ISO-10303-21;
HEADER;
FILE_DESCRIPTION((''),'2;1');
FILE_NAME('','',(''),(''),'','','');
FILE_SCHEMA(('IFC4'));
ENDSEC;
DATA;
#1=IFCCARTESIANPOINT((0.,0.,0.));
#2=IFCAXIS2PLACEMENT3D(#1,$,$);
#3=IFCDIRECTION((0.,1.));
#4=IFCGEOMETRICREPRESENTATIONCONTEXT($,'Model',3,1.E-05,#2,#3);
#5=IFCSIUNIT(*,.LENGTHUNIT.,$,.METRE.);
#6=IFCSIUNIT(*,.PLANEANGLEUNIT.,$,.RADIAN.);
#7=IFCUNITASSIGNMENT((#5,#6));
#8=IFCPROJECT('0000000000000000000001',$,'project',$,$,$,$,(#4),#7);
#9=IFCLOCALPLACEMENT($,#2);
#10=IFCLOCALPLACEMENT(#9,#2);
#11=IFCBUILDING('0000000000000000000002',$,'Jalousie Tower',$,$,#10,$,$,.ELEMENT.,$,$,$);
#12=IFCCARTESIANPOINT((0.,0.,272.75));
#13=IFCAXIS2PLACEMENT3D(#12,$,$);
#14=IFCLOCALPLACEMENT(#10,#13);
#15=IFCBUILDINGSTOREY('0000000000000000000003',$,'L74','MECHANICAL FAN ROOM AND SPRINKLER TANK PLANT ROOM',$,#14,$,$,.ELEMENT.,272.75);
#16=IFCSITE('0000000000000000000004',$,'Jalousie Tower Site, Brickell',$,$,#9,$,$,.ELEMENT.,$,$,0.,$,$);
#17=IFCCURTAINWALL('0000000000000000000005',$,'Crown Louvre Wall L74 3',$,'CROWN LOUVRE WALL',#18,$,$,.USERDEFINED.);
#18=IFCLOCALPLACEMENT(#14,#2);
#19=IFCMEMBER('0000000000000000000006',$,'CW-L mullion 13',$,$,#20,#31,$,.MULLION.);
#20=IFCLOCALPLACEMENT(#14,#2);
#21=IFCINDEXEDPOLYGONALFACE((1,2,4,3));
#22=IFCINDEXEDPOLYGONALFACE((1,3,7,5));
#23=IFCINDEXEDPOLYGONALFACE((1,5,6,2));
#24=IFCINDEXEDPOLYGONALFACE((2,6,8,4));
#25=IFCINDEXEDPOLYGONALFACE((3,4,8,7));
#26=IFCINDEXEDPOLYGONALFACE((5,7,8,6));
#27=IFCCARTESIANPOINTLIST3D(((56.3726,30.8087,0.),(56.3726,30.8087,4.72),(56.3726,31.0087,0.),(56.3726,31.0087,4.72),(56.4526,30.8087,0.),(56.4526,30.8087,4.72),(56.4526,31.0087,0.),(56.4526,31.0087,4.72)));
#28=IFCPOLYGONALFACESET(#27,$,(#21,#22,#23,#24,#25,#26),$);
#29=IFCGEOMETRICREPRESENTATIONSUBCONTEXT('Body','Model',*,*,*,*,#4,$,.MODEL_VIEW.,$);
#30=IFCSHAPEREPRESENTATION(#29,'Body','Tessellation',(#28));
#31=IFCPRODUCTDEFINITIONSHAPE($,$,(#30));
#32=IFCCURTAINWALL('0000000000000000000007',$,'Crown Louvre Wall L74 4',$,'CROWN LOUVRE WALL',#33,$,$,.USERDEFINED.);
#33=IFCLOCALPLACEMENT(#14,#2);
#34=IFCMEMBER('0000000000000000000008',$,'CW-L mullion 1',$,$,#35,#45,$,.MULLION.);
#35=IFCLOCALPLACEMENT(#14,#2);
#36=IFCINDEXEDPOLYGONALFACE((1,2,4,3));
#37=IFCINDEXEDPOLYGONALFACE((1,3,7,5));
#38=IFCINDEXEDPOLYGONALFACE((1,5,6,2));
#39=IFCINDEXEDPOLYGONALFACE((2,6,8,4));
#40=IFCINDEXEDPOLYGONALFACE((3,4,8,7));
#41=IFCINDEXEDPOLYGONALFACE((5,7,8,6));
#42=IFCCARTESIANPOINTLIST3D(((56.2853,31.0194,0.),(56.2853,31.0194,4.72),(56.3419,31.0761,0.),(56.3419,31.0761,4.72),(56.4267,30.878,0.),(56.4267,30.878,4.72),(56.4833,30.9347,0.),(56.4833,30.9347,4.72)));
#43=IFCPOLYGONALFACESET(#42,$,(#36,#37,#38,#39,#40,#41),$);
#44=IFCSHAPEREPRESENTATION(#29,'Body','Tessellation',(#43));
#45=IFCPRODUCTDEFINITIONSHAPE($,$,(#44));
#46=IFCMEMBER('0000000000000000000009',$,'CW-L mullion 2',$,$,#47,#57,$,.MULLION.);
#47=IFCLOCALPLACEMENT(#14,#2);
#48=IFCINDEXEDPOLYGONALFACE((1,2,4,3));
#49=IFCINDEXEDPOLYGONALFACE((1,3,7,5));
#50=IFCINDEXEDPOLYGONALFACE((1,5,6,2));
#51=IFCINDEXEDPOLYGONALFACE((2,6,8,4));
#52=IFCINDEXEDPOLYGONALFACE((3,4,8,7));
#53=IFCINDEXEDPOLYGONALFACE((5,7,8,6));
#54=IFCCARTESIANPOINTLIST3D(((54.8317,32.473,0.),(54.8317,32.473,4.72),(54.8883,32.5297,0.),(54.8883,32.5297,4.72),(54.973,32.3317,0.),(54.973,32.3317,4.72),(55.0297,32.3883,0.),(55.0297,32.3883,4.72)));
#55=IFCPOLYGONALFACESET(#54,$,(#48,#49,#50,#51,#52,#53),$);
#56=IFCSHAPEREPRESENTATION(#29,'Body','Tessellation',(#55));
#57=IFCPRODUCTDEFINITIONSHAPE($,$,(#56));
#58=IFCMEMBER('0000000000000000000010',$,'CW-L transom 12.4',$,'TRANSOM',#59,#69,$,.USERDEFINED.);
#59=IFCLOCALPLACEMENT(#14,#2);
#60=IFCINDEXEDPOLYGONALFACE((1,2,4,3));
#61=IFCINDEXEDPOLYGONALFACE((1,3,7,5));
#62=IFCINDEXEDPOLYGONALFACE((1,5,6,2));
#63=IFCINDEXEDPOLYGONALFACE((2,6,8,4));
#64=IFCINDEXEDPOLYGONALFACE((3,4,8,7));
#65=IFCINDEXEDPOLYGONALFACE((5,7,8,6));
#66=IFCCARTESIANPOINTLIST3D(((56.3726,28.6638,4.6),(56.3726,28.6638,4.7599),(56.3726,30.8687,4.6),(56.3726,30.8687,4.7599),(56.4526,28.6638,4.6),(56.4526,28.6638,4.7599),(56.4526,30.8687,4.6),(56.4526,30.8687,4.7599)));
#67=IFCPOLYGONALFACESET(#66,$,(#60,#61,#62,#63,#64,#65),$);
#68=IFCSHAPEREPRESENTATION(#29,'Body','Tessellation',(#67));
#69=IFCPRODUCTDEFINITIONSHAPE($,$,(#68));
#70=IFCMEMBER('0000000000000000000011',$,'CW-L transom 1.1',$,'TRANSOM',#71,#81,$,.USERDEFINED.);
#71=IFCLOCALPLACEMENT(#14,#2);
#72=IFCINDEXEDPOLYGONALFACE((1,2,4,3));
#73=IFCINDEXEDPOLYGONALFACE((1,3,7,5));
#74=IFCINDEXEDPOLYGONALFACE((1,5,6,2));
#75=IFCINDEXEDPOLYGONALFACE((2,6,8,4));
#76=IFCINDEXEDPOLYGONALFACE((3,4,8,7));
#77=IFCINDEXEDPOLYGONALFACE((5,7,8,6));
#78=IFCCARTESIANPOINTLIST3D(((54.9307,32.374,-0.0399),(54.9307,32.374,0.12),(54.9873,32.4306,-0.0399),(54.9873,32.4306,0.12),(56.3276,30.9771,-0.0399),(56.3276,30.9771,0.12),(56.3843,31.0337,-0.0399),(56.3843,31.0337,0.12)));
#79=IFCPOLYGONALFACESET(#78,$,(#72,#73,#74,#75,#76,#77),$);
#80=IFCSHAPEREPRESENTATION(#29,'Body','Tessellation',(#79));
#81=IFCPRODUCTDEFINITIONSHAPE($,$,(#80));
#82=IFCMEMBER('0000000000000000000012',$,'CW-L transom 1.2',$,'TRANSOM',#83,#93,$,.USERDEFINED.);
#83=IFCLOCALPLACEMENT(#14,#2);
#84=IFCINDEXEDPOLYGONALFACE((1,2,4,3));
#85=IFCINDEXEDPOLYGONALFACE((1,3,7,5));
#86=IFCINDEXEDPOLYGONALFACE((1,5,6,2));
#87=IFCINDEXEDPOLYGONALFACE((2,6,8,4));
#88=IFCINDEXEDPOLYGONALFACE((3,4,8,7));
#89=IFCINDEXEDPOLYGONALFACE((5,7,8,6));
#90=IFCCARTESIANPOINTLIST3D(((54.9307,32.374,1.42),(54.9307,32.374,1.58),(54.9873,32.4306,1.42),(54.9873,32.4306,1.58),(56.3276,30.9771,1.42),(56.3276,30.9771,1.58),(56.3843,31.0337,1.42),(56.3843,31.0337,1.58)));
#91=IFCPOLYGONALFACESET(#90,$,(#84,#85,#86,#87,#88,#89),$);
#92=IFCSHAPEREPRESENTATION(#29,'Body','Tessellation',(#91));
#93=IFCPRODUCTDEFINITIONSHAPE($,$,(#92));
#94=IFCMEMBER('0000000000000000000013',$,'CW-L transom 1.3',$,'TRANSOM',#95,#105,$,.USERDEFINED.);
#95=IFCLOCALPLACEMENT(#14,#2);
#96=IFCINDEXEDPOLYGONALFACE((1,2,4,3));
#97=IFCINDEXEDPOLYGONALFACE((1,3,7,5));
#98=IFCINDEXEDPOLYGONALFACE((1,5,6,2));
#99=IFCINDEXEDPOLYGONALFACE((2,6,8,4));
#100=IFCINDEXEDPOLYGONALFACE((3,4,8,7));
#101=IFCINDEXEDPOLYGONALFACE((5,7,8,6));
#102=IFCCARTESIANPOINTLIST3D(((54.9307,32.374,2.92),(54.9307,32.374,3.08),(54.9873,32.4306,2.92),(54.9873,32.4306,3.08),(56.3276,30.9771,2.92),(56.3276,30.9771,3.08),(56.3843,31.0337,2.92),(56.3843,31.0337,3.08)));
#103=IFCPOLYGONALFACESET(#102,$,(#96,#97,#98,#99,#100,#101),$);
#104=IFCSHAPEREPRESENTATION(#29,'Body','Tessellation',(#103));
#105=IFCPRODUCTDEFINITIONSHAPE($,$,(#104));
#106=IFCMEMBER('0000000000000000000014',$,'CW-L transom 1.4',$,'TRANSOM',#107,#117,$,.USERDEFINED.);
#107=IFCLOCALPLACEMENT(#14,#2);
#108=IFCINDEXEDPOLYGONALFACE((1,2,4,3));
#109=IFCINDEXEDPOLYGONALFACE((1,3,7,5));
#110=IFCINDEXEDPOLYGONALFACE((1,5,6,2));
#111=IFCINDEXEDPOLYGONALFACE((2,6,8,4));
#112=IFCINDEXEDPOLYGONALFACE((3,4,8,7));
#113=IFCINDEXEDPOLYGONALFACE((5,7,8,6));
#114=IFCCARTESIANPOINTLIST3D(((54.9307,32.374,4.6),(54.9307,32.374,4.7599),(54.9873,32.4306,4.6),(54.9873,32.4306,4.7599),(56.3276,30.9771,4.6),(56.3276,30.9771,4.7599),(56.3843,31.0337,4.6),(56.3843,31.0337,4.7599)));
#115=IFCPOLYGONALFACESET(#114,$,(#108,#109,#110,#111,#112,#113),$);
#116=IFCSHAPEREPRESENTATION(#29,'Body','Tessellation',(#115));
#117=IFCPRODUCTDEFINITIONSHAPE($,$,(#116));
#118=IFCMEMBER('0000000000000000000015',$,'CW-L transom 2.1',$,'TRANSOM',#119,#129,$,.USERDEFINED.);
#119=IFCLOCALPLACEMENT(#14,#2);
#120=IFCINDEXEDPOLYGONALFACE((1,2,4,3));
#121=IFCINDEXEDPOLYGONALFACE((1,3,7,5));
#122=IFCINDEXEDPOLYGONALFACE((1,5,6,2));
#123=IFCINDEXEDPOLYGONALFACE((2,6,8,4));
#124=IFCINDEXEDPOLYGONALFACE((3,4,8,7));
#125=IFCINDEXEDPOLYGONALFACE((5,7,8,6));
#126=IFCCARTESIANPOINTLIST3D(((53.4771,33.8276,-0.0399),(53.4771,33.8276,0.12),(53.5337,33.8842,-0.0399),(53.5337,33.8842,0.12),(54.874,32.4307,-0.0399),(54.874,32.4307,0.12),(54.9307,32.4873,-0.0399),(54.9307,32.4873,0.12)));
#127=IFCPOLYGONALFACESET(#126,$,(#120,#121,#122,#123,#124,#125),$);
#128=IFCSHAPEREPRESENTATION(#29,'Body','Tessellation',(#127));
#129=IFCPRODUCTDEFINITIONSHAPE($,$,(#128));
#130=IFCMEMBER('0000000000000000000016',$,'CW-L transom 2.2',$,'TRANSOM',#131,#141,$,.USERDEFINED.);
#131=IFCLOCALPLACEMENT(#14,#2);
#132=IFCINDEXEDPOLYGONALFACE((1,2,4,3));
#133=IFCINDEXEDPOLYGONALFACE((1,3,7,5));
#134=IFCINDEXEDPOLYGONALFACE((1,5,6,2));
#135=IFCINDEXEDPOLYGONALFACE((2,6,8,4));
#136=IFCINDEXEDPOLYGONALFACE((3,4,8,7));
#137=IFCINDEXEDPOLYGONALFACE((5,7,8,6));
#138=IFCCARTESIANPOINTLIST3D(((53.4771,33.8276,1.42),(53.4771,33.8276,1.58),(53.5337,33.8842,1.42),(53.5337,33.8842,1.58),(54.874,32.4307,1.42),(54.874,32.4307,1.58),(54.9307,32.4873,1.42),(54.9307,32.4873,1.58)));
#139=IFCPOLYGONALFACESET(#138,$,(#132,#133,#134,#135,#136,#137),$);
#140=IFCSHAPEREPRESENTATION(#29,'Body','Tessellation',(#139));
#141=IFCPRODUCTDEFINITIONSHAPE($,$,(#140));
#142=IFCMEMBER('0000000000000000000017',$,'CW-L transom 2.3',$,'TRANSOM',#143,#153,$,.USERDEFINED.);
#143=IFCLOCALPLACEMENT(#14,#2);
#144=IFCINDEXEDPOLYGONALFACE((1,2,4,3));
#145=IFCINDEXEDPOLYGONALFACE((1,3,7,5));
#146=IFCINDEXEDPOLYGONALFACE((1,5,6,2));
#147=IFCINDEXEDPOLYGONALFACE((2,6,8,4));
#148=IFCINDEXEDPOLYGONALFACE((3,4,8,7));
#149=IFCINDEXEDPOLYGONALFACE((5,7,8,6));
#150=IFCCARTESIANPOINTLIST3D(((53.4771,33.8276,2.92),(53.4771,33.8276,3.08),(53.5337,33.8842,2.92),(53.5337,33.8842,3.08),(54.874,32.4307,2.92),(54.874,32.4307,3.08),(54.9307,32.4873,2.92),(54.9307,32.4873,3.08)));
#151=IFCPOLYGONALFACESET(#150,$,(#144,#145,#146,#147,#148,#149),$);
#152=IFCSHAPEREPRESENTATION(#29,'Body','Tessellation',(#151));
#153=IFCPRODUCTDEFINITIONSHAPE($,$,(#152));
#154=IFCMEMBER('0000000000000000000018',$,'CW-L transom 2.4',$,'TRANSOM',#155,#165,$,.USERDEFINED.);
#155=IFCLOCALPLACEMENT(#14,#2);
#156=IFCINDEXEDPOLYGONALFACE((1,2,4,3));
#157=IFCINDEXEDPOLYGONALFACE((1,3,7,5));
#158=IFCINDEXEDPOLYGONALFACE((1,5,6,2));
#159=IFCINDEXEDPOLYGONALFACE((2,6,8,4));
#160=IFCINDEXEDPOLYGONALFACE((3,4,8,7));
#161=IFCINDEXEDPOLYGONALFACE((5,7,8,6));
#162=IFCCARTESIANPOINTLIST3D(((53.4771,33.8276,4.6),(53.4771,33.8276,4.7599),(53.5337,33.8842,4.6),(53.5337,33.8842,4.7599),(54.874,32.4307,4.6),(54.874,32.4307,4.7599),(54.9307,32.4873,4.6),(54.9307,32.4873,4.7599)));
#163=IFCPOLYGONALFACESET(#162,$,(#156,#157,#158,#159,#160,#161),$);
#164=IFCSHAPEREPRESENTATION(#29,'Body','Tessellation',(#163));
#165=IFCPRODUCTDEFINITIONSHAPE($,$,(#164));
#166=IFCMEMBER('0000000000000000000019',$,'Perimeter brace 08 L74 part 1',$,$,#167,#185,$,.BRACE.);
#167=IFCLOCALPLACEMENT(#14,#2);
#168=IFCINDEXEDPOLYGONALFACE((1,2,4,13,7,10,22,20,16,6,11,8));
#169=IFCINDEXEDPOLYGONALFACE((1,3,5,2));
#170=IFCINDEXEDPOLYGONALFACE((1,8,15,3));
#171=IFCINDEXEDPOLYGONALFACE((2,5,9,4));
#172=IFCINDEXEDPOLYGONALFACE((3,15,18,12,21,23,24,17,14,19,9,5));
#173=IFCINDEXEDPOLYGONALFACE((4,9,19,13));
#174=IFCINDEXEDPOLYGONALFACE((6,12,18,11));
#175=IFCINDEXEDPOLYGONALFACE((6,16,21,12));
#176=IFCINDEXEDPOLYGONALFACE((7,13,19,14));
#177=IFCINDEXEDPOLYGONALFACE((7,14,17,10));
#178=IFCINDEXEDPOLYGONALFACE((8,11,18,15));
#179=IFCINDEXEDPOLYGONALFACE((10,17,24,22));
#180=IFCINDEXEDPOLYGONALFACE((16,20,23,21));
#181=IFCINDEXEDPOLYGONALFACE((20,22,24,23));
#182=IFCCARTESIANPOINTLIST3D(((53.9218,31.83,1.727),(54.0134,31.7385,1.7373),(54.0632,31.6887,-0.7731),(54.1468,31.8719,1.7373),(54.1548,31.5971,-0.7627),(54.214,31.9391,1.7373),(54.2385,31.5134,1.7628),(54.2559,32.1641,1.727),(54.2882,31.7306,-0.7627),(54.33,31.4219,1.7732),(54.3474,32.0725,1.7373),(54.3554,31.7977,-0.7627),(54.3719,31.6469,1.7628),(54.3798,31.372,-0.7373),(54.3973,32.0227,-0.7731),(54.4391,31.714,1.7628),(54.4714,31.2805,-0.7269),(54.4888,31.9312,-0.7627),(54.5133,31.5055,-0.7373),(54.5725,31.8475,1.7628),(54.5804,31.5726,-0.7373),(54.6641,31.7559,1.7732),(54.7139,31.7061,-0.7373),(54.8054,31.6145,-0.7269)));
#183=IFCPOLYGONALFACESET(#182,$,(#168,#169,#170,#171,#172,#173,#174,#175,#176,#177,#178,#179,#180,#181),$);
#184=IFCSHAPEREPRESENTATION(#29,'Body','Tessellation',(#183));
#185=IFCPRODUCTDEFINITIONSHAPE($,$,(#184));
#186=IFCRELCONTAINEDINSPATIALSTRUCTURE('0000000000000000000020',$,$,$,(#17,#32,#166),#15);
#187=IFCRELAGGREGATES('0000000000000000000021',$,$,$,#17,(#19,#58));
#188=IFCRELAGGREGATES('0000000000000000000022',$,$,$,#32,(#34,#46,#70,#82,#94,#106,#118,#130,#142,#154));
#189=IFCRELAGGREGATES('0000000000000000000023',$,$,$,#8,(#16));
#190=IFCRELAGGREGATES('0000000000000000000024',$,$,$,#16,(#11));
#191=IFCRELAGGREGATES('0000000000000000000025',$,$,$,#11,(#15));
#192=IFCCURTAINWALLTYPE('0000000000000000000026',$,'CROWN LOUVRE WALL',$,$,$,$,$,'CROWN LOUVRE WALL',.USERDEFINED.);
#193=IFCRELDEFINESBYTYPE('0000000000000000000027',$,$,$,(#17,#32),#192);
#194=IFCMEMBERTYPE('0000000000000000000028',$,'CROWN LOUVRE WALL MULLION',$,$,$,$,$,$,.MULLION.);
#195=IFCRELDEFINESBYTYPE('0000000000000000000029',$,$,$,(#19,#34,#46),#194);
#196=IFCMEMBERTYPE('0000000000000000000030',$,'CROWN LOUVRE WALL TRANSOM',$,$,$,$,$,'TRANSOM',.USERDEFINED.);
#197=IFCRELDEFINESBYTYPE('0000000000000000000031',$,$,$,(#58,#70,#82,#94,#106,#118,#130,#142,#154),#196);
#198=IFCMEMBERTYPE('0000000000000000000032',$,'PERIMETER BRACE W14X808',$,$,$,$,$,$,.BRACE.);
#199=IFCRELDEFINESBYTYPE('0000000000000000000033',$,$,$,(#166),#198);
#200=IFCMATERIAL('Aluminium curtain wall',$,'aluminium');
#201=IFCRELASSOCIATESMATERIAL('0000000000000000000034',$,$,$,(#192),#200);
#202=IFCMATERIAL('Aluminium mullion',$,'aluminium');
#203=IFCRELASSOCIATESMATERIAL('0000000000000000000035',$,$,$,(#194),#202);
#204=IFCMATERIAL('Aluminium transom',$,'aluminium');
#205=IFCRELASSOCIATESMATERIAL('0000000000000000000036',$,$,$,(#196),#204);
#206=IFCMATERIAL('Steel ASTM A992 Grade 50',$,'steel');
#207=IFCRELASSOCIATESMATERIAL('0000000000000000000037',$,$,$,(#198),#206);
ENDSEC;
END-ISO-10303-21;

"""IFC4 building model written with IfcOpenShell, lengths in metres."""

from ifc_helpers import new_model, si_unit, direction, frame, origin, origin_2d, place, context, subcontext, project, spatial, rectangle, i_section, extrude, material, material_profile, profile_set, type_object, element, aggregate, save


model = new_model("IFC4")

# Units and contexts
model_context = context("Model", 3, precision=1e-05, world=origin(), true_north=direction((0.0, 1.0)))
body_context = subcontext(model_context, "Body", "Model", "MODEL_VIEW")
ifc_project = project(units=[si_unit("LENGTHUNIT", "METRE"), si_unit("PLANEANGLEUNIT", "RADIAN")], contexts=[model_context])

# Site, building, storey
site_placement = place(None, origin())
site = spatial("IfcSite", under=ifc_project, at=site_placement, Name="Jalousie Tower Site, Brickell", CompositionType="ELEMENT", RefElevation=0.0)
building_placement = place(site_placement, origin())
building = spatial("IfcBuilding", under=site, at=building_placement, Name="Jalousie Tower", CompositionType="ELEMENT")
storey_placement = place(building_placement, frame((0.0, 0.0, 272.75)))
storey = spatial("IfcBuildingStorey", under=building, at=storey_placement, Name="L74", Description="MECHANICAL FAN ROOM AND SPRINKLER TANK PLANT ROOM", CompositionType="ELEMENT", Elevation=272.75)

# Curtain wall, member
ifc_material_1 = material(Name="Aluminium curtain wall", Category="aluminium")
curtain_wall_type = type_object("IfcCurtainWallType", Name="CROWN LOUVRE WALL", ElementType="CROWN LOUVRE WALL", PredefinedType="USERDEFINED", material=ifc_material_1)
curtain_wall_1_placement = place(storey_placement, origin())
curtain_wall_1 = element("IfcCurtainWall", 1, at=curtain_wall_1_placement, inside=storey, type_object=curtain_wall_type, Name="Crown Louvre Wall L74 3", ObjectType="CROWN LOUVRE WALL", PredefinedType="USERDEFINED")
ifc_material_2 = material(Name="Aluminium mullion", Category="aluminium")
ifc_material_profile_1 = material_profile(ifc_material_2, rectangle(XDim=0.0801, YDim=0.2, at=origin_2d()), Name="MULLION 80x200")
ifc_profile_set_1 = profile_set([ifc_material_profile_1], Name="Aluminium mullion")
member_type_1 = type_object("IfcMemberType", Name="CROWN LOUVRE WALL MULLION", PredefinedType="MULLION", material=ifc_profile_set_1)
member_1_placement = place(storey_placement, frame((56.4126, 30.9087, 0.0), z_axis=(0.0, 0.0, 1.0), x_axis=(-1.0, 0.0, 0.0)))
member_1 = element("IfcMember", 2, at=member_1_placement, type_object=member_type_1, Name="CW-L mullion 13", PredefinedType="MULLION", context=body_context, shape_type="SweptSolid", body=[
    extrude(rectangle(XDim=0.0801, YDim=0.2, at=origin_2d()), origin(), (0.0, 0.0, 1.0), 4.72),
])

# Curtain wall, members
curtain_wall_2_placement = place(storey_placement, origin())
curtain_wall_2 = element("IfcCurtainWall", 3, at=curtain_wall_2_placement, inside=storey, type_object=curtain_wall_type, Name="Crown Louvre Wall L74 4", ObjectType="CROWN LOUVRE WALL", PredefinedType="USERDEFINED")
member_2_placement = place(storey_placement, frame((56.3843, 30.9771, 0.0), z_axis=(0.0, 0.0, 1.0), x_axis=(-0.707107, -0.707107, 0.0)))
member_2 = element("IfcMember", 4, at=member_2_placement, type_object=member_type_1, Name="CW-L mullion 1", PredefinedType="MULLION", context=body_context, shape_type="SweptSolid", body=[
    extrude(rectangle(XDim=0.0801, YDim=0.2, at=origin_2d()), origin(), (0.0, 0.0, 1.0), 4.72),
])
member_3_placement = place(storey_placement, frame((54.9307, 32.4307, 0.0), z_axis=(0.0, 0.0, 1.0), x_axis=(-0.707107, -0.707107, 0.0)))
member_3 = element("IfcMember", 5, at=member_3_placement, type_object=member_type_1, Name="CW-L mullion 2", PredefinedType="MULLION", context=body_context, shape_type="SweptSolid", body=[
    extrude(rectangle(XDim=0.0801, YDim=0.2, at=origin_2d()), origin(), (0.0, 0.0, 1.0), 4.72),
])

# Members
ifc_material_3 = material(Name="Aluminium transom", Category="aluminium")
ifc_material_profile_2 = material_profile(ifc_material_3, rectangle(XDim=0.0801, YDim=0.1599, at=origin_2d()), Name="TRANSOM 80x160")
ifc_profile_set_2 = profile_set([ifc_material_profile_2], Name="Aluminium transom")
member_type_2 = type_object("IfcMemberType", Name="CROWN LOUVRE WALL TRANSOM", ElementType="TRANSOM", PredefinedType="USERDEFINED", material=ifc_profile_set_2)
member_4_placement = place(storey_placement, frame((56.4126, 28.6638, 4.6799), z_axis=(0.0, 1.0, 0.0), x_axis=(-1.0, 0.0, 0.0)))
member_4 = element("IfcMember", 6, at=member_4_placement, type_object=member_type_2, Name="CW-L transom 12.4", ObjectType="TRANSOM", PredefinedType="USERDEFINED", context=body_context, shape_type="SweptSolid", body=[
    extrude(rectangle(XDim=0.0801, YDim=0.1599, at=origin_2d()), origin(), (0.0, 0.0, 1.0), 2.2048),
])
member_5_placement = place(storey_placement, frame((56.356, 31.0054, 0.04), z_axis=(-0.707107, 0.707107, 0.0), x_axis=(-0.707107, -0.707107, 0.0)))
member_5 = element("IfcMember", 7, at=member_5_placement, type_object=member_type_2, Name="CW-L transom 1.1", ObjectType="TRANSOM", PredefinedType="USERDEFINED", context=body_context, shape_type="SweptSolid", body=[
    extrude(rectangle(XDim=0.0801, YDim=0.1599, at=origin_2d()), origin(), (0.0, 0.0, 1.0), 1.9756),
])
member_6_placement = place(storey_placement, frame((56.356, 31.0054, 1.5), z_axis=(-0.707107, 0.707107, 0.0), x_axis=(-0.707107, -0.707107, 0.0)))
member_6 = element("IfcMember", 8, at=member_6_placement, type_object=member_type_2, Name="CW-L transom 1.2", ObjectType="TRANSOM", PredefinedType="USERDEFINED", context=body_context, shape_type="SweptSolid", body=[
    extrude(rectangle(XDim=0.0801, YDim=0.1599, at=origin_2d()), origin(), (0.0, 0.0, 1.0), 1.9756),
])
member_7_placement = place(storey_placement, frame((56.356, 31.0054, 3.0), z_axis=(-0.707107, 0.707107, 0.0), x_axis=(-0.707107, -0.707107, 0.0)))
member_7 = element("IfcMember", 9, at=member_7_placement, type_object=member_type_2, Name="CW-L transom 1.3", ObjectType="TRANSOM", PredefinedType="USERDEFINED", context=body_context, shape_type="SweptSolid", body=[
    extrude(rectangle(XDim=0.0801, YDim=0.1599, at=origin_2d()), origin(), (0.0, 0.0, 1.0), 1.9756),
])
member_8_placement = place(storey_placement, frame((56.356, 31.0054, 4.6799), z_axis=(-0.707107, 0.707107, 0.0), x_axis=(-0.707107, -0.707107, 0.0)))
member_8 = element("IfcMember", 10, at=member_8_placement, type_object=member_type_2, Name="CW-L transom 1.4", ObjectType="TRANSOM", PredefinedType="USERDEFINED", context=body_context, shape_type="SweptSolid", body=[
    extrude(rectangle(XDim=0.0801, YDim=0.1599, at=origin_2d()), origin(), (0.0, 0.0, 1.0), 1.9756),
])
member_9_placement = place(storey_placement, frame((54.9023, 32.459, 0.04), z_axis=(-0.707107, 0.707107, 0.0), x_axis=(-0.707107, -0.707107, 0.0)))
member_9 = element("IfcMember", 11, at=member_9_placement, type_object=member_type_2, Name="CW-L transom 2.1", ObjectType="TRANSOM", PredefinedType="USERDEFINED", context=body_context, shape_type="SweptSolid", body=[
    extrude(rectangle(XDim=0.0801, YDim=0.1599, at=origin_2d()), origin(), (0.0, 0.0, 1.0), 1.9756),
])
member_10_placement = place(storey_placement, frame((54.9023, 32.459, 1.5), z_axis=(-0.707107, 0.707107, 0.0), x_axis=(-0.707107, -0.707107, 0.0)))
member_10 = element("IfcMember", 12, at=member_10_placement, type_object=member_type_2, Name="CW-L transom 2.2", ObjectType="TRANSOM", PredefinedType="USERDEFINED", context=body_context, shape_type="SweptSolid", body=[
    extrude(rectangle(XDim=0.0801, YDim=0.1599, at=origin_2d()), origin(), (0.0, 0.0, 1.0), 1.9756),
])
member_11_placement = place(storey_placement, frame((54.9023, 32.459, 3.0), z_axis=(-0.707107, 0.707107, 0.0), x_axis=(-0.707107, -0.707107, 0.0)))
member_11 = element("IfcMember", 13, at=member_11_placement, type_object=member_type_2, Name="CW-L transom 2.3", ObjectType="TRANSOM", PredefinedType="USERDEFINED", context=body_context, shape_type="SweptSolid", body=[
    extrude(rectangle(XDim=0.0801, YDim=0.1599, at=origin_2d()), origin(), (0.0, 0.0, 1.0), 1.9756),
])
member_12_placement = place(storey_placement, frame((54.9023, 32.459, 4.6799), z_axis=(-0.707107, 0.707107, 0.0), x_axis=(-0.707107, -0.707107, 0.0)))
member_12 = element("IfcMember", 14, at=member_12_placement, type_object=member_type_2, Name="CW-L transom 2.4", ObjectType="TRANSOM", PredefinedType="USERDEFINED", context=body_context, shape_type="SweptSolid", body=[
    extrude(rectangle(XDim=0.0801, YDim=0.1599, at=origin_2d()), origin(), (0.0, 0.0, 1.0), 1.9756),
])

# Member
ifc_material_4 = material(Name="Steel ASTM A992 Grade 50", Category="steel")
ifc_material_profile_3 = material_profile(ifc_material_4, i_section(OverallWidth=0.4724, OverallDepth=0.5791, WebThickness=0.095, FlangeThickness=0.1299, at=origin_2d()), Name="W14X808")
ifc_profile_set_3 = profile_set([ifc_material_profile_3], Name="Steel ASTM A992 Grade 50")
member_type_3 = type_object("IfcMemberType", Name="PERIMETER BRACE W14X808", PredefinedType="BRACE", material=ifc_profile_set_3)
for number, where, z_axis, x_axis, name in (
    (15, (54.4343, 31.6516, -0.75), (-0.056363, 0.056363, 0.996818), (-0.707107, -0.707107, 0.0), "Perimeter brace 08 L74 part 1"),
):
    element("IfcMember", number, at=place(storey_placement, frame(where, z_axis=z_axis, x_axis=x_axis)), inside=storey, type_object=member_type_3, Name=name, PredefinedType="BRACE", context=body_context, shape_type="SweptSolid", body=[
        extrude(i_section(OverallWidth=0.4724, OverallDepth=0.5791, WebThickness=0.095, FlangeThickness=0.1299, at=origin_2d()), origin(), (0.0, 0.0, 1.0), 2.5081),
    ])

aggregate(curtain_wall_1, [member_1, member_4])
aggregate(curtain_wall_2, [member_2, member_3, member_5, member_6, member_7, member_8, member_9, member_10, member_11, member_12])

save(model, "model.ifc")
